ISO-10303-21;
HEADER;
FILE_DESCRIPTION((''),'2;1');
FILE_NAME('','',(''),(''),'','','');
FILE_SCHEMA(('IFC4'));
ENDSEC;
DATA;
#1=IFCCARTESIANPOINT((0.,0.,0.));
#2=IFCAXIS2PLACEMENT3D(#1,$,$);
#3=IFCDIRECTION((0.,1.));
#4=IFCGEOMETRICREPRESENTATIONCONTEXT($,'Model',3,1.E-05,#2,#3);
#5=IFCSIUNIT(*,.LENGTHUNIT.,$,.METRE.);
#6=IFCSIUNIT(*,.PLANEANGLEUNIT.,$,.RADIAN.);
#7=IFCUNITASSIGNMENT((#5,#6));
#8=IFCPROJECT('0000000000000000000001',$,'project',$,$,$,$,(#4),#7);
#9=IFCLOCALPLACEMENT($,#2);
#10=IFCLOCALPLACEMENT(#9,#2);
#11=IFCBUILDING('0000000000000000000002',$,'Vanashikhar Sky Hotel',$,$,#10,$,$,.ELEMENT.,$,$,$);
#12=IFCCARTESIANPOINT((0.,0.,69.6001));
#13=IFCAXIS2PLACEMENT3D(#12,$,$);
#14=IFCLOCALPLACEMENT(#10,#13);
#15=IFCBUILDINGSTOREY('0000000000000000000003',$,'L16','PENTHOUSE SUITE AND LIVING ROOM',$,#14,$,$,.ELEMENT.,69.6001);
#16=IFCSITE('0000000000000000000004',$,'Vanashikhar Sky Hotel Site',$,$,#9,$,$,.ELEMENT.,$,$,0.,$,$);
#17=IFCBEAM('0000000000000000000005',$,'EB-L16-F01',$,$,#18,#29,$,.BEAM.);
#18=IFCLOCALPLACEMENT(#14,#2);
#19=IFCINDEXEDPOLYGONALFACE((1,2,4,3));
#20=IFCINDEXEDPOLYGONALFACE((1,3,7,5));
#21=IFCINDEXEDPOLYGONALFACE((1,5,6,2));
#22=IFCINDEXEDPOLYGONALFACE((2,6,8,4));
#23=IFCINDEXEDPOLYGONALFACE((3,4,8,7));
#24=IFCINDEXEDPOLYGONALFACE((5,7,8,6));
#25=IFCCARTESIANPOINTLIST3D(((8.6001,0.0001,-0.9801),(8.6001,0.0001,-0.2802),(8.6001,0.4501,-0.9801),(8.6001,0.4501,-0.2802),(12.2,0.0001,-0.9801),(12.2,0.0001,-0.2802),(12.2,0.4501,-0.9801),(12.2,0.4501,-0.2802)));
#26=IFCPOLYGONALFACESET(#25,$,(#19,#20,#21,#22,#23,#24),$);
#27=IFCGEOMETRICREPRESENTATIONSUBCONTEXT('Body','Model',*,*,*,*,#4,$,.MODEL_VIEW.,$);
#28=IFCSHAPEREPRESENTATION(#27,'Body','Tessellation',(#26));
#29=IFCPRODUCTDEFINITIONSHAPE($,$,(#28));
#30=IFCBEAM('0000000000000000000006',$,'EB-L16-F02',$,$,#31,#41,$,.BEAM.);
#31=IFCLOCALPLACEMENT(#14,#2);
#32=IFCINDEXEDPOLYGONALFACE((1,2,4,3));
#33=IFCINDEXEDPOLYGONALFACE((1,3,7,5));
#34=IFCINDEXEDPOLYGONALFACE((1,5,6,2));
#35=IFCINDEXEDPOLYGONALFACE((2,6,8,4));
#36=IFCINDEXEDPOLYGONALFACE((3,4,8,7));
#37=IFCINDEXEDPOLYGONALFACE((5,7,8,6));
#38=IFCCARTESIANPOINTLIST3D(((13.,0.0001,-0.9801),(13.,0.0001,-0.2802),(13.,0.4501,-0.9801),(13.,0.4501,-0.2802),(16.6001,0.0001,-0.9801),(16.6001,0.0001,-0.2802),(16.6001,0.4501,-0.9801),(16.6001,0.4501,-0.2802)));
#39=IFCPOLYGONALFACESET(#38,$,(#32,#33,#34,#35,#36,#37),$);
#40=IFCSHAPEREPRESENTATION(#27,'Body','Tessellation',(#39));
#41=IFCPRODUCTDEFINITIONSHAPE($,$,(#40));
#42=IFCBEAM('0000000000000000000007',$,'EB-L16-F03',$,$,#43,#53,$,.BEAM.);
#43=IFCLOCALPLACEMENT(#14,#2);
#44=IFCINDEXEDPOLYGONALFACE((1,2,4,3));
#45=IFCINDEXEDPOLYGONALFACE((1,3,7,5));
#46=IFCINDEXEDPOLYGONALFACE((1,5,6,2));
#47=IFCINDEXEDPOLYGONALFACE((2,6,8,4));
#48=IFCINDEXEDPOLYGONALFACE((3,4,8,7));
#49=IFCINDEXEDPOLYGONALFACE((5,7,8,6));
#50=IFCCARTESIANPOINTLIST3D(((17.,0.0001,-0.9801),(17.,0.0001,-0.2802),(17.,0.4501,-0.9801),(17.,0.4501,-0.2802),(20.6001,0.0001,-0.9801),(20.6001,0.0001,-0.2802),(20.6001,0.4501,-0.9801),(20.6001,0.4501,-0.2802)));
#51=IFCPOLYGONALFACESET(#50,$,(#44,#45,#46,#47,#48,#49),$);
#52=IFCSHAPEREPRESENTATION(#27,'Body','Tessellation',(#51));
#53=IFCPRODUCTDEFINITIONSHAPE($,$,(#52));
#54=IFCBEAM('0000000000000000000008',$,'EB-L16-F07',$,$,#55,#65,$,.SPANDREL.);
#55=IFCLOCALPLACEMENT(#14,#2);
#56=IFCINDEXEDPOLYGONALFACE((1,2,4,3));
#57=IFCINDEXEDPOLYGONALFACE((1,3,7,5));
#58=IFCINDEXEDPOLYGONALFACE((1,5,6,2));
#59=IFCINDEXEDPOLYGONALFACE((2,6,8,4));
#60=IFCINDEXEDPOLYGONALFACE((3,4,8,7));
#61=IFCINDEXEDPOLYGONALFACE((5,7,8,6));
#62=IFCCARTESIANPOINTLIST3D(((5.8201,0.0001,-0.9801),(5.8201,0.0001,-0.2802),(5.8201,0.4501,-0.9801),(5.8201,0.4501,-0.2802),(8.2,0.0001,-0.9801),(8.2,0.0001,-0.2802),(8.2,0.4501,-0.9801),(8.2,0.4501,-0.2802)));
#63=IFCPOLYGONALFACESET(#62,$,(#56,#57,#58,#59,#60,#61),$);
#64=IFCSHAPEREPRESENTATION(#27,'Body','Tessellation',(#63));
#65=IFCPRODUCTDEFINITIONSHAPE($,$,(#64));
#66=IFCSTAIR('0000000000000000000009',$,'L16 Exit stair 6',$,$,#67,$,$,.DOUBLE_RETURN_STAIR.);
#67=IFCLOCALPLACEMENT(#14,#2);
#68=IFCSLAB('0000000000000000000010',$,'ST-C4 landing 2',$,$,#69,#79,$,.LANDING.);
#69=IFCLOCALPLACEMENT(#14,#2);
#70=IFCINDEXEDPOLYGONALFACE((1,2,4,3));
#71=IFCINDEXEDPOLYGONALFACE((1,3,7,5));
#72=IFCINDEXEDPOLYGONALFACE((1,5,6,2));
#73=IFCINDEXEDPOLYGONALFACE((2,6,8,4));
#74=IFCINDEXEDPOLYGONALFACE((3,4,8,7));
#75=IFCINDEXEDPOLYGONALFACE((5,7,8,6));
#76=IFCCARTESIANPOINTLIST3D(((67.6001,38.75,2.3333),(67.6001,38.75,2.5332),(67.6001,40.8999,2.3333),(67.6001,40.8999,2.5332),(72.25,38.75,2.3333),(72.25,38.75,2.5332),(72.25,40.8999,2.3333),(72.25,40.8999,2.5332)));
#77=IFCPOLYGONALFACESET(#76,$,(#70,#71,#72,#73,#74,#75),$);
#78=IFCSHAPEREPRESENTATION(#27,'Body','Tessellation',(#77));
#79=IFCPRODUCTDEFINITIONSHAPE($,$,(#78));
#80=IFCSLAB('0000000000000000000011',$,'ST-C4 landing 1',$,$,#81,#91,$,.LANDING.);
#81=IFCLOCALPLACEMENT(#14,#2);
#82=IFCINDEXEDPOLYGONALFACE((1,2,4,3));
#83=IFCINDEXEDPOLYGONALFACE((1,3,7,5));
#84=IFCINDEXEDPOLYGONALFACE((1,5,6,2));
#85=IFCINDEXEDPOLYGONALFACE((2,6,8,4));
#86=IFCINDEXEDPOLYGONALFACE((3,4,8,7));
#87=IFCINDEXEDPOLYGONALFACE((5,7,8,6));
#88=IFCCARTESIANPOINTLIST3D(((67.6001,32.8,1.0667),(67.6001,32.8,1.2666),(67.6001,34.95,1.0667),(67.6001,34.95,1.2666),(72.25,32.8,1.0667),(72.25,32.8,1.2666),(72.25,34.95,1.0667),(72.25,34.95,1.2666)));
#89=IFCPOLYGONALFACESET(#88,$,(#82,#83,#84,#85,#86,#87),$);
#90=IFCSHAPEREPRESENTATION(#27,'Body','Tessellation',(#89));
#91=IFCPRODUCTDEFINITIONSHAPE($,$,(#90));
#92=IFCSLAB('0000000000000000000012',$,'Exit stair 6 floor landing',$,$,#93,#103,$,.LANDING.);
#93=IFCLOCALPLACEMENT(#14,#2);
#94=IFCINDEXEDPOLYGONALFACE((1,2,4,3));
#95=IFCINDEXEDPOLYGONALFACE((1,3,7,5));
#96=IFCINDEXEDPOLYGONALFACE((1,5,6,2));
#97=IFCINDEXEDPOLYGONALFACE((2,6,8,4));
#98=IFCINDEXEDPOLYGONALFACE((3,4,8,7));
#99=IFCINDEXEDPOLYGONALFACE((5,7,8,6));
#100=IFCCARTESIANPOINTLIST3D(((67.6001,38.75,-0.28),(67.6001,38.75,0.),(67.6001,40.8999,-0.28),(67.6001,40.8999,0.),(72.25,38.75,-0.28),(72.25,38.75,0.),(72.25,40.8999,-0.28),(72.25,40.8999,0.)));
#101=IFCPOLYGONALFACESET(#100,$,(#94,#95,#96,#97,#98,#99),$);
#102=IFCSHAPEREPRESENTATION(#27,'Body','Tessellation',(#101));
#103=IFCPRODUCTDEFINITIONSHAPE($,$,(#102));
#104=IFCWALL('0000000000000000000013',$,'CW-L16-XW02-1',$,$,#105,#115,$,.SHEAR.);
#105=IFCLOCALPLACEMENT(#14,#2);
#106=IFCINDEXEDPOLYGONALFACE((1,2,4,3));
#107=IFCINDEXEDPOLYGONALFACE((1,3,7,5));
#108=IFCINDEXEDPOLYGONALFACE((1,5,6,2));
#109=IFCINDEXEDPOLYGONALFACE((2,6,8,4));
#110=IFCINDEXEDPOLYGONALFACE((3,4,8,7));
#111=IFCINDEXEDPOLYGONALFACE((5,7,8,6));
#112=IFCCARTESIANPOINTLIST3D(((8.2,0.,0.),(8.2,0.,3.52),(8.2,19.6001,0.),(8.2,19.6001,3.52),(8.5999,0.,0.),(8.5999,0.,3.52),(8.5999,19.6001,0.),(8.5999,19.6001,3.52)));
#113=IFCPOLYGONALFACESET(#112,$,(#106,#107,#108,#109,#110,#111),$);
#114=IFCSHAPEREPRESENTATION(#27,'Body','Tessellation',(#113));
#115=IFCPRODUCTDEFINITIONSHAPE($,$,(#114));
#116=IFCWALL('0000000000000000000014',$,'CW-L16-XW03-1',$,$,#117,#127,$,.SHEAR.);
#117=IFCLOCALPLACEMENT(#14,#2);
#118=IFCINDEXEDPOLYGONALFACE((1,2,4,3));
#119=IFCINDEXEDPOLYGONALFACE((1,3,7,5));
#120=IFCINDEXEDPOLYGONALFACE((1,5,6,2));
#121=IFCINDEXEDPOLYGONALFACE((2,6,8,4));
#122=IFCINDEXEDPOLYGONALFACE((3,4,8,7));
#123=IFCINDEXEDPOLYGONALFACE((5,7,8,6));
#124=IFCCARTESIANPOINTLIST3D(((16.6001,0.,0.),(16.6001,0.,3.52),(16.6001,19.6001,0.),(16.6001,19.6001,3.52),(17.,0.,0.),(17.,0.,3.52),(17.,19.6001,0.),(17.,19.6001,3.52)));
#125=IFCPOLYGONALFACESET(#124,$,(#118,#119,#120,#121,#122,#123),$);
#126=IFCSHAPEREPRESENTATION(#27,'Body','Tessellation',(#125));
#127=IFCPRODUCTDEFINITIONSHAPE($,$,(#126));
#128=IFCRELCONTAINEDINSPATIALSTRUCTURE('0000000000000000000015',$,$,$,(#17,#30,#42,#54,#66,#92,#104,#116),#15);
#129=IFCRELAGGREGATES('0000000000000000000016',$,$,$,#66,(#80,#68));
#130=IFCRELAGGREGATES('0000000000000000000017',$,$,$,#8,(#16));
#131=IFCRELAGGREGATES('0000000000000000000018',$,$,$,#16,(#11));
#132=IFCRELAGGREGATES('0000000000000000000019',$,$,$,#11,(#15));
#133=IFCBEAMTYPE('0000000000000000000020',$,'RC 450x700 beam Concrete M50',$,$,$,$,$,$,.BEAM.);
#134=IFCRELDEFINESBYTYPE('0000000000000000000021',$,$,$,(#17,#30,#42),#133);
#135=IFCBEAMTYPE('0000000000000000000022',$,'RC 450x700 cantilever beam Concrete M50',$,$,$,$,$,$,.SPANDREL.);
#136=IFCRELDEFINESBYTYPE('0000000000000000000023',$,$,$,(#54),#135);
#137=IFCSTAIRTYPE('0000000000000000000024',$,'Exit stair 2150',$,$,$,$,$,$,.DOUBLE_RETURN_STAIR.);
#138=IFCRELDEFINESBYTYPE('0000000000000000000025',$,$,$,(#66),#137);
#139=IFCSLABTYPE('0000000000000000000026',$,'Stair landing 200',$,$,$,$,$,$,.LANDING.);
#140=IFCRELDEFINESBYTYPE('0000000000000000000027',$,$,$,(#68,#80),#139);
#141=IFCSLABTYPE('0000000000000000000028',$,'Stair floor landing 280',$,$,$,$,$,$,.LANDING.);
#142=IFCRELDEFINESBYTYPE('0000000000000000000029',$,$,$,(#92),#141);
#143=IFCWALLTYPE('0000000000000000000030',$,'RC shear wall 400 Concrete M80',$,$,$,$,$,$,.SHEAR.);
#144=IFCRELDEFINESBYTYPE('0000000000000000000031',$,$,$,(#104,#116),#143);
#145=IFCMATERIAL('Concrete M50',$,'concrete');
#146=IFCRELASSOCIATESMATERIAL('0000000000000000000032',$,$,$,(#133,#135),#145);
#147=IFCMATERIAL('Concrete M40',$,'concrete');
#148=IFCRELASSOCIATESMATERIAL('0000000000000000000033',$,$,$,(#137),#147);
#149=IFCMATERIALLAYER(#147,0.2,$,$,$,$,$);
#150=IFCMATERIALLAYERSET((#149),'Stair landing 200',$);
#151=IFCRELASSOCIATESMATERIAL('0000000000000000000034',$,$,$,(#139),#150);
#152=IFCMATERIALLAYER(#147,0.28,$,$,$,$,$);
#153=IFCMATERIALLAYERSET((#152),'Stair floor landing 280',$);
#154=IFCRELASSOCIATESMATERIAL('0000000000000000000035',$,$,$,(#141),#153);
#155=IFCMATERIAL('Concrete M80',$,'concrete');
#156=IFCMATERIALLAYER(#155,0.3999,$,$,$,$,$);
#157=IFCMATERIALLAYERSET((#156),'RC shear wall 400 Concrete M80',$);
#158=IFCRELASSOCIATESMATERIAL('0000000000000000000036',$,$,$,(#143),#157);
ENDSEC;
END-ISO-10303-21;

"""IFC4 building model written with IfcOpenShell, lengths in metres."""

from ifc_helpers import new_model, si_unit, direction, frame, frame_2d, origin, origin_2d, place, context, subcontext, project, spatial, polyline, rectangle, outline, extrude, source, transform, mapped, material, layer, layer_set, material_profile, profile_set, type_object, element, aggregate, save


model = new_model("IFC4")

# Units and contexts
model_context = context("Model", 3, precision=1e-05, world=origin(), true_north=direction((0.0, 1.0)))
body_context = subcontext(model_context, "Body", "Model", "MODEL_VIEW")
ifc_project = project(units=[si_unit("LENGTHUNIT", "METRE"), si_unit("PLANEANGLEUNIT", "RADIAN")], contexts=[model_context])

# Site, building, storey
site_placement = place(None, origin())
site = spatial("IfcSite", under=ifc_project, at=site_placement, Name="Vanashikhar Sky Hotel Site", CompositionType="ELEMENT", RefElevation=0.0)
building_placement = place(site_placement, origin())
building = spatial("IfcBuilding", under=site, at=building_placement, Name="Vanashikhar Sky Hotel", CompositionType="ELEMENT")
storey_placement = place(building_placement, frame((0.0, 0.0, 69.6001)))
storey = spatial("IfcBuildingStorey", under=building, at=storey_placement, Name="L16", Description="PENTHOUSE SUITE AND LIVING ROOM", CompositionType="ELEMENT", Elevation=69.6001)

# Beams
ifc_material_1 = material(Name="Concrete M50", Category="concrete")
ifc_material_profile_1 = material_profile(ifc_material_1, rectangle(XDim=0.45, YDim=0.7, at=origin_2d()))
ifc_profile_set_1 = profile_set([ifc_material_profile_1], Name="RC 450x700 beam Concrete M50")
beam_type_1 = type_object("IfcBeamType", Name="RC 450x700 beam Concrete M50", PredefinedType="BEAM", material=ifc_profile_set_1)
shared_shape_1 = source(origin(), body_context, "Body", "SweptSolid", [
    extrude(rectangle(XDim=0.45, YDim=0.7, at=origin_2d()), origin(), (0.0, 0.0, 1.0), 3.5999),
])
beam_1_placement = place(storey_placement, frame((8.6001, 0.2251, -0.6301), z_axis=(1.0, 0.0, 0.0), x_axis=(0.0, 1.0, 0.0)))
element("IfcBeam", 1, at=beam_1_placement, inside=storey, type_object=beam_type_1, Name="EB-L16-F01", PredefinedType="BEAM", context=body_context, shape_type="MappedRepresentation", body=[
    mapped(shared_shape_1, transform((0.0, 0.0, 0.0), scale=1.0)),
])
shared_shape_2 = source(origin(), body_context, "Body", "SweptSolid", [
    extrude(rectangle(XDim=0.45, YDim=0.7, at=origin_2d()), origin(), (0.0, 0.0, 1.0), 3.6001),
])
for number, where, z_axis, x_axis, name in (
    (2, (13.0, 0.2251, -0.6301), (1.0, 0.0, 0.0), (0.0, 1.0, 0.0), "EB-L16-F02"),
    (3, (17.0, 0.2251, -0.6301), (1.0, 0.0, 0.0), (0.0, 1.0, 0.0), "EB-L16-F03"),
):
    element("IfcBeam", number, at=place(storey_placement, frame(where, z_axis=z_axis, x_axis=x_axis)), inside=storey, type_object=beam_type_1, Name=name, PredefinedType="BEAM", context=body_context, shape_type="MappedRepresentation", body=[
        mapped(shared_shape_2, transform((0.0, 0.0, 0.0), scale=1.0)),
    ])
ifc_material_profile_2 = material_profile(ifc_material_1, rectangle(XDim=0.45, YDim=0.7, at=origin_2d()))
ifc_profile_set_2 = profile_set([ifc_material_profile_2], Name="RC 450x700 cantilever beam Concrete M50")
beam_type_2 = type_object("IfcBeamType", Name="RC 450x700 cantilever beam Concrete M50", PredefinedType="SPANDREL", material=ifc_profile_set_2)
shared_shape_3 = source(origin(), body_context, "Body", "SweptSolid", [
    extrude(rectangle(XDim=0.45, YDim=0.7, at=origin_2d()), origin(), (0.0, 0.0, 1.0), 2.3799),
])
beam_2_placement = place(storey_placement, frame((5.8201, 0.2251, -0.6301), z_axis=(1.0, 0.0, 0.0), x_axis=(0.0, 1.0, 0.0)))
element("IfcBeam", 4, at=beam_2_placement, inside=storey, type_object=beam_type_2, Name="EB-L16-F07", PredefinedType="SPANDREL", context=body_context, shape_type="MappedRepresentation", body=[
    mapped(shared_shape_3, transform((0.0, 0.0, 0.0), scale=1.0)),
])

# Stair, slabs
ifc_material_2 = material(Name="Concrete M40", Category="concrete")
stair_type = type_object("IfcStairType", Name="Exit stair 2150", PredefinedType="DOUBLE_RETURN_STAIR", material=ifc_material_2)
stair_placement = place(storey_placement, origin())
stair = element("IfcStair", 5, at=stair_placement, inside=storey, type_object=stair_type, Name="L16 Exit stair 6", PredefinedType="DOUBLE_RETURN_STAIR")
ifc_layer_1 = layer(ifc_material_2, 0.2)
ifc_layer_set_1 = layer_set([ifc_layer_1], Name="Stair landing 200")
slab_type_1 = type_object("IfcSlabType", Name="Stair landing 200", PredefinedType="LANDING", material=ifc_layer_set_1)
shared_shape_4 = source(origin(), body_context, "Body", "SweptSolid", [
    extrude(outline(polyline([(72.25, 38.75), (72.25, 40.8999), (67.6001, 40.8999), (67.6001, 38.75), (72.25, 38.75)])), origin(), (0.0, 0.0, 1.0), 0.2),
])
slab_1_placement = place(storey_placement, frame((0.0, 0.0, 2.3333)))
slab_1 = element("IfcSlab", 6, at=slab_1_placement, type_object=slab_type_1, Name="ST-C4 landing 2", PredefinedType="LANDING", context=body_context, shape_type="MappedRepresentation", body=[
    mapped(shared_shape_4, transform((0.0, 0.0, 0.0), scale=1.0)),
])
shared_shape_5 = source(origin(), body_context, "Body", "SweptSolid", [
    extrude(outline(polyline([(72.25, 32.8), (72.25, 34.95), (67.6001, 34.95), (67.6001, 32.8), (72.25, 32.8)])), origin(), (0.0, 0.0, 1.0), 0.2),
])
slab_2_placement = place(storey_placement, frame((0.0, 0.0, 1.0667)))
slab_2 = element("IfcSlab", 7, at=slab_2_placement, type_object=slab_type_1, Name="ST-C4 landing 1", PredefinedType="LANDING", context=body_context, shape_type="MappedRepresentation", body=[
    mapped(shared_shape_5, transform((0.0, 0.0, 0.0), scale=1.0)),
])
aggregate(stair, [slab_2, slab_1])

# Slab
ifc_layer_2 = layer(ifc_material_2, 0.28)
ifc_layer_set_2 = layer_set([ifc_layer_2], Name="Stair floor landing 280")
slab_type_2 = type_object("IfcSlabType", Name="Stair floor landing 280", PredefinedType="LANDING", material=ifc_layer_set_2)
shared_shape_6 = source(origin(), body_context, "Body", "SweptSolid", [
    extrude(outline(polyline([(72.25, 38.75), (72.25, 40.8999), (67.6001, 40.8999), (67.6001, 38.75), (72.25, 38.75)])), origin(), (0.0, 0.0, 1.0), 0.28),
])
slab_3_placement = place(storey_placement, frame((0.0, 0.0, -0.28)))
element("IfcSlab", 8, at=slab_3_placement, inside=storey, type_object=slab_type_2, Name="Exit stair 6 floor landing", PredefinedType="LANDING", context=body_context, shape_type="MappedRepresentation", body=[
    mapped(shared_shape_6, transform((0.0, 0.0, 0.0), scale=1.0)),
])

# Walls
ifc_material_3 = material(Name="Concrete M80", Category="concrete")
ifc_layer_3 = layer(ifc_material_3, 0.3999)
ifc_layer_set_3 = layer_set([ifc_layer_3], Name="RC shear wall 400 Concrete M80")
wall_type_1 = type_object("IfcWallType", Name="RC shear wall 400 Concrete M80", PredefinedType="SHEAR", material=ifc_layer_set_3)
shared_shape_7 = source(origin(), body_context, "Body", "SweptSolid", [
    extrude(rectangle(XDim=19.6001, YDim=0.3999, at=frame_2d((9.8, 0.0))), origin(), (0.0, 0.0, 1.0), 3.52),
])
for number, where, z_axis, x_axis, name in (
    (9, (8.3999, 0.0, 0.0), (0.0, 0.0, 1.0), (0.0, 1.0, 0.0), "CW-L16-XW02-1"),
    (10, (16.8, 0.0, 0.0), (0.0, 0.0, 1.0), (0.0, 1.0, 0.0), "CW-L16-XW03-1"),
):
    element("IfcWall", number, at=place(storey_placement, frame(where, z_axis=z_axis, x_axis=x_axis)), inside=storey, type_object=wall_type_1, Name=name, PredefinedType="SHEAR", context=body_context, shape_type="MappedRepresentation", body=[
        mapped(shared_shape_7, transform((0.0, 0.0, 0.0), scale=1.0)),
    ])

save(model, "model.ifc")
